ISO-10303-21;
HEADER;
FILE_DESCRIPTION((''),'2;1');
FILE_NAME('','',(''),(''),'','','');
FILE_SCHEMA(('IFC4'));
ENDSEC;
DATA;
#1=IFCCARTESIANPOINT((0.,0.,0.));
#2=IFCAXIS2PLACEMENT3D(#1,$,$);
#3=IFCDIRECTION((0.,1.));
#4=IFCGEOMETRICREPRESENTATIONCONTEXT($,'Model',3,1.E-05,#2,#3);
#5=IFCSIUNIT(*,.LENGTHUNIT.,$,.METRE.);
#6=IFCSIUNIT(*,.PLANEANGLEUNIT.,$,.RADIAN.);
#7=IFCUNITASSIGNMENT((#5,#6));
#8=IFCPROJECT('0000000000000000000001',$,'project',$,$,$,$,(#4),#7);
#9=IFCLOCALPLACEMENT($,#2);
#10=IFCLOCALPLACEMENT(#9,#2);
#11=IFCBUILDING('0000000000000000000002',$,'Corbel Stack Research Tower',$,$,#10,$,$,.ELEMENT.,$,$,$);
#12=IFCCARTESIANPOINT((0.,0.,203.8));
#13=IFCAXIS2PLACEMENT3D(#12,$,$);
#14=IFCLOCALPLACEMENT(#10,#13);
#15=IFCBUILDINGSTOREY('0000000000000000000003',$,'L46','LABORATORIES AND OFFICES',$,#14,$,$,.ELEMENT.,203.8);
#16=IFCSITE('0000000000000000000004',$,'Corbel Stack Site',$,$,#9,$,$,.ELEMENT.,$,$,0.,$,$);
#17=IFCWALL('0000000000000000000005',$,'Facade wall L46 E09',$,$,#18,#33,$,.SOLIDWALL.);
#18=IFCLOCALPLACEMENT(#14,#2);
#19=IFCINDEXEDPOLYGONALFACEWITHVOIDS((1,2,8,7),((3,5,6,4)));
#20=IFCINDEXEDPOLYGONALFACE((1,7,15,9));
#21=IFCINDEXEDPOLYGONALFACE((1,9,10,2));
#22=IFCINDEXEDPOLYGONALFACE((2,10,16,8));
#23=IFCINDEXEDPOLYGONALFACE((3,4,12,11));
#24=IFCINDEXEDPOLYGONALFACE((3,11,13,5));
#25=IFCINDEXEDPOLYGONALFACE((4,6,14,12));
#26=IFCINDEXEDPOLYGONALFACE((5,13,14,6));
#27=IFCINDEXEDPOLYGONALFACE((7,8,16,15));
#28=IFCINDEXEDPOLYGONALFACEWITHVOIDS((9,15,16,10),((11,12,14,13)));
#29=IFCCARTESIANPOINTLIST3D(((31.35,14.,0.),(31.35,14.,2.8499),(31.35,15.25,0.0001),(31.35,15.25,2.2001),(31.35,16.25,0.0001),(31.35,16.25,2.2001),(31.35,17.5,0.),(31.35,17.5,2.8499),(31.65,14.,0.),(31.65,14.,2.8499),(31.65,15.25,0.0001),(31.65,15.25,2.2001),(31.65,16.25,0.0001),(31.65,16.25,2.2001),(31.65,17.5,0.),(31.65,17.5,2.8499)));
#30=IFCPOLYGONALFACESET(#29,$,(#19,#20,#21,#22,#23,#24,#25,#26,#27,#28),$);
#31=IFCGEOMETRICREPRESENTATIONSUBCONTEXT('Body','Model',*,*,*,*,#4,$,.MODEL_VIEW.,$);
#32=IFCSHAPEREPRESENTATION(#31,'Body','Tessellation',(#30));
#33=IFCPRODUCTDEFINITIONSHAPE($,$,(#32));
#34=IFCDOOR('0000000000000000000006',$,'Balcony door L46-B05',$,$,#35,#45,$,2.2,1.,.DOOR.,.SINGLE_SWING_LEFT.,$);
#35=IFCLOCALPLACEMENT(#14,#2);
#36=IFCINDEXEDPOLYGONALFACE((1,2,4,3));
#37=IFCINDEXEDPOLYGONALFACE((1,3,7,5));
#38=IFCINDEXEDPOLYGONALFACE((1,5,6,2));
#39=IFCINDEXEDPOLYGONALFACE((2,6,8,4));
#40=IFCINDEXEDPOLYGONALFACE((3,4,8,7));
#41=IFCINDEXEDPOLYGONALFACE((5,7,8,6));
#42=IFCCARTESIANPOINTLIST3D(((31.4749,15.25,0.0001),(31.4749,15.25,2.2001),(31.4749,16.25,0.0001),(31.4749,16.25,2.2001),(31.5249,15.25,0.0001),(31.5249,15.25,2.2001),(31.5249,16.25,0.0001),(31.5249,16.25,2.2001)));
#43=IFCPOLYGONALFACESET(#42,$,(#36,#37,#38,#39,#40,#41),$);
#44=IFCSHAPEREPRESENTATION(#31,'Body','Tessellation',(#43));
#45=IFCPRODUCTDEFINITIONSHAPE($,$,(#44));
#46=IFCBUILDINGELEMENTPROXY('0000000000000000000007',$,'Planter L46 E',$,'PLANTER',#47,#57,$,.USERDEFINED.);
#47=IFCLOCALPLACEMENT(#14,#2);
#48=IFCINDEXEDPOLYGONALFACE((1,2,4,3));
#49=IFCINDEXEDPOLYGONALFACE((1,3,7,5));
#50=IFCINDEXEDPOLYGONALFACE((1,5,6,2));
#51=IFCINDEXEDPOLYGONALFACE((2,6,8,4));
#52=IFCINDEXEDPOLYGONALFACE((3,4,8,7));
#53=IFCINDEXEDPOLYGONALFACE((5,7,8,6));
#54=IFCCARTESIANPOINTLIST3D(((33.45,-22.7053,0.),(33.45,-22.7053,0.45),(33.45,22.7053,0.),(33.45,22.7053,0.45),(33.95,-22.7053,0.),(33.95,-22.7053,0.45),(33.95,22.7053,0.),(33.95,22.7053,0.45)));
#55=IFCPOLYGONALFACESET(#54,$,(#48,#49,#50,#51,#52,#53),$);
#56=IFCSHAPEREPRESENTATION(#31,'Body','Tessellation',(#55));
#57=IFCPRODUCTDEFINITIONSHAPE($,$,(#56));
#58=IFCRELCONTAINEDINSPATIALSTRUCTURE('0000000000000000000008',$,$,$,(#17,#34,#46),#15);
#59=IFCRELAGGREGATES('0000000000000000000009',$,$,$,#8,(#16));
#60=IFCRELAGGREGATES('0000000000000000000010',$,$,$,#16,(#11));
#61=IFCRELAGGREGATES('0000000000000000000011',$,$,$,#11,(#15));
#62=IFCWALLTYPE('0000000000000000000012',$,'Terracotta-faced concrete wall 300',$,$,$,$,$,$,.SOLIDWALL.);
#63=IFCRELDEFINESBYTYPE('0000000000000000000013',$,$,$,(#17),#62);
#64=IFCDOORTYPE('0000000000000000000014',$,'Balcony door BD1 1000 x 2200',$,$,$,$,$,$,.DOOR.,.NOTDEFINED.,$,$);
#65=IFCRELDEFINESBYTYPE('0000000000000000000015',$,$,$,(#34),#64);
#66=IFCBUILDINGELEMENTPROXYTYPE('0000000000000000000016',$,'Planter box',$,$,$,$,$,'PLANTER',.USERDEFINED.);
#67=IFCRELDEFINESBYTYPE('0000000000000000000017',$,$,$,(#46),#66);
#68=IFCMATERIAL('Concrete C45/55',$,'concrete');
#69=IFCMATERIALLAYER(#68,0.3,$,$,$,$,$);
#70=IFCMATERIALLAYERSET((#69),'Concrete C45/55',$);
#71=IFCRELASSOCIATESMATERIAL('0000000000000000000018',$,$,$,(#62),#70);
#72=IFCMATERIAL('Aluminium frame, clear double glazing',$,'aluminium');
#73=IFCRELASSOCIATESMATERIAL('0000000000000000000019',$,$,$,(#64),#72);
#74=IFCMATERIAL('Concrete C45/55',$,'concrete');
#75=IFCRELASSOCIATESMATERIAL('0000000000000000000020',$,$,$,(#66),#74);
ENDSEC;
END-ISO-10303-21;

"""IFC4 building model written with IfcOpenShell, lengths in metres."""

from ifc_helpers import new_model, si_unit, direction, frame, frame_2d, origin, origin_2d, place, context, subcontext, project, spatial, rectangle, extrude, material, layer, layer_set, type_object, element, fill, save


model = new_model("IFC4")

# Units and contexts
model_context = context("Model", 3, precision=1e-05, world=origin(), true_north=direction((0.0, 1.0)))
body_context = subcontext(model_context, "Body", "Model", "MODEL_VIEW")
ifc_project = project(units=[si_unit("LENGTHUNIT", "METRE"), si_unit("PLANEANGLEUNIT", "RADIAN")], contexts=[model_context])

# Site, building, storey
site_placement = place(None, origin())
site = spatial("IfcSite", under=ifc_project, at=site_placement, Name="Corbel Stack Site", CompositionType="ELEMENT", RefElevation=0.0)
building_placement = place(site_placement, origin())
building = spatial("IfcBuilding", under=site, at=building_placement, Name="Corbel Stack Research Tower", CompositionType="ELEMENT")
storey_placement = place(building_placement, frame((0.0, 0.0, 203.8)))
storey = spatial("IfcBuildingStorey", under=building, at=storey_placement, Name="L46", Description="LABORATORIES AND OFFICES", CompositionType="ELEMENT", Elevation=203.8)

# Shared definitions
ifc_material_1 = material(Name="Concrete C45/55", Category="concrete")
ifc_layer_1 = layer(ifc_material_1, 0.3)
ifc_layer_set_1 = layer_set([ifc_layer_1], Name="Concrete C45/55")
wall_type_1 = type_object("IfcWallType", Name="Terracotta-faced concrete wall 300", PredefinedType="SOLIDWALL", material=ifc_layer_set_1)

# Wall, opening, door
wall_1_placement = place(storey_placement, frame((31.5, 17.5, 0.0), z_axis=(0.0, 0.0, 1.0), x_axis=(0.0, -1.0, 0.0)))
wall_1 = element("IfcWall", 1, at=wall_1_placement, inside=storey, type_object=wall_type_1, Name="Facade wall L46 E09", PredefinedType="SOLIDWALL", context=body_context, shape_type="SweptSolid", body=[
    extrude(rectangle(XDim=3.5, YDim=0.3, at=frame_2d((1.75, 0.0))), origin(), (0.0, 0.0, 1.0), 2.8499),
])
opening_1_placement = place(wall_1_placement, frame((1.25, 0.0, 0.0)))
opening_1 = element("IfcOpeningElement", 2, at=opening_1_placement, cuts=wall_1, PredefinedType="OPENING", context=body_context, shape_type="SweptSolid", body=[
    extrude(rectangle(XDim=1.0, YDim=2.2, at=frame_2d((0.5, 1.1001))), frame((0.0, 0.1599, 0.0), z_axis=(0.0, -1.0, 0.0), x_axis=(1.0, 0.0, 0.0)), (0.0, 0.0, 1.0), 0.3201),
])
ifc_material_2 = material(Name="Aluminium frame, clear double glazing", Category="aluminium")
door_type_1 = type_object("IfcDoorType", Name="Balcony door BD1 1000 x 2200", OperationType="NOTDEFINED", PredefinedType="DOOR", material=ifc_material_2)
door_1_placement = place(opening_1_placement, origin())
door_1 = element("IfcDoor", 3, at=door_1_placement, inside=storey, type_object=door_type_1, Name="Balcony door L46-B05", OperationType="SINGLE_SWING_LEFT", OverallHeight=2.2, OverallWidth=1.0, PredefinedType="DOOR", context=body_context, shape_type="SweptSolid", body=[
    extrude(rectangle(XDim=1.0, YDim=2.2, at=frame_2d((0.5, 1.1001))), frame((0.0, 0.0249, 0.0), z_axis=(0.0, -1.0, 0.0), x_axis=(1.0, 0.0, 0.0)), (0.0, 0.0, 1.0), 0.05),
])
fill(opening_1, door_1)

# Building element proxy
ifc_material_3 = material(Name="Concrete C45/55", Category="concrete")
building_element_proxy_type = type_object("IfcBuildingElementProxyType", Name="Planter box", ElementType="PLANTER", PredefinedType="USERDEFINED", material=ifc_material_3)
proxy_placement = place(storey_placement, frame((33.7, 0.0, 0.0), z_axis=(0.0, 0.0, 1.0), x_axis=(0.0, 1.0, 0.0)))
element("IfcBuildingElementProxy", 4, at=proxy_placement, inside=storey, type_object=building_element_proxy_type, Name="Planter L46 E", ObjectType="PLANTER", PredefinedType="USERDEFINED", context=body_context, shape_type="SweptSolid", body=[
    extrude(rectangle(XDim=45.4106, YDim=0.5, at=origin_2d()), origin(), (0.0, 0.0, 1.0), 0.45),
])

save(model, "model.ifc")
